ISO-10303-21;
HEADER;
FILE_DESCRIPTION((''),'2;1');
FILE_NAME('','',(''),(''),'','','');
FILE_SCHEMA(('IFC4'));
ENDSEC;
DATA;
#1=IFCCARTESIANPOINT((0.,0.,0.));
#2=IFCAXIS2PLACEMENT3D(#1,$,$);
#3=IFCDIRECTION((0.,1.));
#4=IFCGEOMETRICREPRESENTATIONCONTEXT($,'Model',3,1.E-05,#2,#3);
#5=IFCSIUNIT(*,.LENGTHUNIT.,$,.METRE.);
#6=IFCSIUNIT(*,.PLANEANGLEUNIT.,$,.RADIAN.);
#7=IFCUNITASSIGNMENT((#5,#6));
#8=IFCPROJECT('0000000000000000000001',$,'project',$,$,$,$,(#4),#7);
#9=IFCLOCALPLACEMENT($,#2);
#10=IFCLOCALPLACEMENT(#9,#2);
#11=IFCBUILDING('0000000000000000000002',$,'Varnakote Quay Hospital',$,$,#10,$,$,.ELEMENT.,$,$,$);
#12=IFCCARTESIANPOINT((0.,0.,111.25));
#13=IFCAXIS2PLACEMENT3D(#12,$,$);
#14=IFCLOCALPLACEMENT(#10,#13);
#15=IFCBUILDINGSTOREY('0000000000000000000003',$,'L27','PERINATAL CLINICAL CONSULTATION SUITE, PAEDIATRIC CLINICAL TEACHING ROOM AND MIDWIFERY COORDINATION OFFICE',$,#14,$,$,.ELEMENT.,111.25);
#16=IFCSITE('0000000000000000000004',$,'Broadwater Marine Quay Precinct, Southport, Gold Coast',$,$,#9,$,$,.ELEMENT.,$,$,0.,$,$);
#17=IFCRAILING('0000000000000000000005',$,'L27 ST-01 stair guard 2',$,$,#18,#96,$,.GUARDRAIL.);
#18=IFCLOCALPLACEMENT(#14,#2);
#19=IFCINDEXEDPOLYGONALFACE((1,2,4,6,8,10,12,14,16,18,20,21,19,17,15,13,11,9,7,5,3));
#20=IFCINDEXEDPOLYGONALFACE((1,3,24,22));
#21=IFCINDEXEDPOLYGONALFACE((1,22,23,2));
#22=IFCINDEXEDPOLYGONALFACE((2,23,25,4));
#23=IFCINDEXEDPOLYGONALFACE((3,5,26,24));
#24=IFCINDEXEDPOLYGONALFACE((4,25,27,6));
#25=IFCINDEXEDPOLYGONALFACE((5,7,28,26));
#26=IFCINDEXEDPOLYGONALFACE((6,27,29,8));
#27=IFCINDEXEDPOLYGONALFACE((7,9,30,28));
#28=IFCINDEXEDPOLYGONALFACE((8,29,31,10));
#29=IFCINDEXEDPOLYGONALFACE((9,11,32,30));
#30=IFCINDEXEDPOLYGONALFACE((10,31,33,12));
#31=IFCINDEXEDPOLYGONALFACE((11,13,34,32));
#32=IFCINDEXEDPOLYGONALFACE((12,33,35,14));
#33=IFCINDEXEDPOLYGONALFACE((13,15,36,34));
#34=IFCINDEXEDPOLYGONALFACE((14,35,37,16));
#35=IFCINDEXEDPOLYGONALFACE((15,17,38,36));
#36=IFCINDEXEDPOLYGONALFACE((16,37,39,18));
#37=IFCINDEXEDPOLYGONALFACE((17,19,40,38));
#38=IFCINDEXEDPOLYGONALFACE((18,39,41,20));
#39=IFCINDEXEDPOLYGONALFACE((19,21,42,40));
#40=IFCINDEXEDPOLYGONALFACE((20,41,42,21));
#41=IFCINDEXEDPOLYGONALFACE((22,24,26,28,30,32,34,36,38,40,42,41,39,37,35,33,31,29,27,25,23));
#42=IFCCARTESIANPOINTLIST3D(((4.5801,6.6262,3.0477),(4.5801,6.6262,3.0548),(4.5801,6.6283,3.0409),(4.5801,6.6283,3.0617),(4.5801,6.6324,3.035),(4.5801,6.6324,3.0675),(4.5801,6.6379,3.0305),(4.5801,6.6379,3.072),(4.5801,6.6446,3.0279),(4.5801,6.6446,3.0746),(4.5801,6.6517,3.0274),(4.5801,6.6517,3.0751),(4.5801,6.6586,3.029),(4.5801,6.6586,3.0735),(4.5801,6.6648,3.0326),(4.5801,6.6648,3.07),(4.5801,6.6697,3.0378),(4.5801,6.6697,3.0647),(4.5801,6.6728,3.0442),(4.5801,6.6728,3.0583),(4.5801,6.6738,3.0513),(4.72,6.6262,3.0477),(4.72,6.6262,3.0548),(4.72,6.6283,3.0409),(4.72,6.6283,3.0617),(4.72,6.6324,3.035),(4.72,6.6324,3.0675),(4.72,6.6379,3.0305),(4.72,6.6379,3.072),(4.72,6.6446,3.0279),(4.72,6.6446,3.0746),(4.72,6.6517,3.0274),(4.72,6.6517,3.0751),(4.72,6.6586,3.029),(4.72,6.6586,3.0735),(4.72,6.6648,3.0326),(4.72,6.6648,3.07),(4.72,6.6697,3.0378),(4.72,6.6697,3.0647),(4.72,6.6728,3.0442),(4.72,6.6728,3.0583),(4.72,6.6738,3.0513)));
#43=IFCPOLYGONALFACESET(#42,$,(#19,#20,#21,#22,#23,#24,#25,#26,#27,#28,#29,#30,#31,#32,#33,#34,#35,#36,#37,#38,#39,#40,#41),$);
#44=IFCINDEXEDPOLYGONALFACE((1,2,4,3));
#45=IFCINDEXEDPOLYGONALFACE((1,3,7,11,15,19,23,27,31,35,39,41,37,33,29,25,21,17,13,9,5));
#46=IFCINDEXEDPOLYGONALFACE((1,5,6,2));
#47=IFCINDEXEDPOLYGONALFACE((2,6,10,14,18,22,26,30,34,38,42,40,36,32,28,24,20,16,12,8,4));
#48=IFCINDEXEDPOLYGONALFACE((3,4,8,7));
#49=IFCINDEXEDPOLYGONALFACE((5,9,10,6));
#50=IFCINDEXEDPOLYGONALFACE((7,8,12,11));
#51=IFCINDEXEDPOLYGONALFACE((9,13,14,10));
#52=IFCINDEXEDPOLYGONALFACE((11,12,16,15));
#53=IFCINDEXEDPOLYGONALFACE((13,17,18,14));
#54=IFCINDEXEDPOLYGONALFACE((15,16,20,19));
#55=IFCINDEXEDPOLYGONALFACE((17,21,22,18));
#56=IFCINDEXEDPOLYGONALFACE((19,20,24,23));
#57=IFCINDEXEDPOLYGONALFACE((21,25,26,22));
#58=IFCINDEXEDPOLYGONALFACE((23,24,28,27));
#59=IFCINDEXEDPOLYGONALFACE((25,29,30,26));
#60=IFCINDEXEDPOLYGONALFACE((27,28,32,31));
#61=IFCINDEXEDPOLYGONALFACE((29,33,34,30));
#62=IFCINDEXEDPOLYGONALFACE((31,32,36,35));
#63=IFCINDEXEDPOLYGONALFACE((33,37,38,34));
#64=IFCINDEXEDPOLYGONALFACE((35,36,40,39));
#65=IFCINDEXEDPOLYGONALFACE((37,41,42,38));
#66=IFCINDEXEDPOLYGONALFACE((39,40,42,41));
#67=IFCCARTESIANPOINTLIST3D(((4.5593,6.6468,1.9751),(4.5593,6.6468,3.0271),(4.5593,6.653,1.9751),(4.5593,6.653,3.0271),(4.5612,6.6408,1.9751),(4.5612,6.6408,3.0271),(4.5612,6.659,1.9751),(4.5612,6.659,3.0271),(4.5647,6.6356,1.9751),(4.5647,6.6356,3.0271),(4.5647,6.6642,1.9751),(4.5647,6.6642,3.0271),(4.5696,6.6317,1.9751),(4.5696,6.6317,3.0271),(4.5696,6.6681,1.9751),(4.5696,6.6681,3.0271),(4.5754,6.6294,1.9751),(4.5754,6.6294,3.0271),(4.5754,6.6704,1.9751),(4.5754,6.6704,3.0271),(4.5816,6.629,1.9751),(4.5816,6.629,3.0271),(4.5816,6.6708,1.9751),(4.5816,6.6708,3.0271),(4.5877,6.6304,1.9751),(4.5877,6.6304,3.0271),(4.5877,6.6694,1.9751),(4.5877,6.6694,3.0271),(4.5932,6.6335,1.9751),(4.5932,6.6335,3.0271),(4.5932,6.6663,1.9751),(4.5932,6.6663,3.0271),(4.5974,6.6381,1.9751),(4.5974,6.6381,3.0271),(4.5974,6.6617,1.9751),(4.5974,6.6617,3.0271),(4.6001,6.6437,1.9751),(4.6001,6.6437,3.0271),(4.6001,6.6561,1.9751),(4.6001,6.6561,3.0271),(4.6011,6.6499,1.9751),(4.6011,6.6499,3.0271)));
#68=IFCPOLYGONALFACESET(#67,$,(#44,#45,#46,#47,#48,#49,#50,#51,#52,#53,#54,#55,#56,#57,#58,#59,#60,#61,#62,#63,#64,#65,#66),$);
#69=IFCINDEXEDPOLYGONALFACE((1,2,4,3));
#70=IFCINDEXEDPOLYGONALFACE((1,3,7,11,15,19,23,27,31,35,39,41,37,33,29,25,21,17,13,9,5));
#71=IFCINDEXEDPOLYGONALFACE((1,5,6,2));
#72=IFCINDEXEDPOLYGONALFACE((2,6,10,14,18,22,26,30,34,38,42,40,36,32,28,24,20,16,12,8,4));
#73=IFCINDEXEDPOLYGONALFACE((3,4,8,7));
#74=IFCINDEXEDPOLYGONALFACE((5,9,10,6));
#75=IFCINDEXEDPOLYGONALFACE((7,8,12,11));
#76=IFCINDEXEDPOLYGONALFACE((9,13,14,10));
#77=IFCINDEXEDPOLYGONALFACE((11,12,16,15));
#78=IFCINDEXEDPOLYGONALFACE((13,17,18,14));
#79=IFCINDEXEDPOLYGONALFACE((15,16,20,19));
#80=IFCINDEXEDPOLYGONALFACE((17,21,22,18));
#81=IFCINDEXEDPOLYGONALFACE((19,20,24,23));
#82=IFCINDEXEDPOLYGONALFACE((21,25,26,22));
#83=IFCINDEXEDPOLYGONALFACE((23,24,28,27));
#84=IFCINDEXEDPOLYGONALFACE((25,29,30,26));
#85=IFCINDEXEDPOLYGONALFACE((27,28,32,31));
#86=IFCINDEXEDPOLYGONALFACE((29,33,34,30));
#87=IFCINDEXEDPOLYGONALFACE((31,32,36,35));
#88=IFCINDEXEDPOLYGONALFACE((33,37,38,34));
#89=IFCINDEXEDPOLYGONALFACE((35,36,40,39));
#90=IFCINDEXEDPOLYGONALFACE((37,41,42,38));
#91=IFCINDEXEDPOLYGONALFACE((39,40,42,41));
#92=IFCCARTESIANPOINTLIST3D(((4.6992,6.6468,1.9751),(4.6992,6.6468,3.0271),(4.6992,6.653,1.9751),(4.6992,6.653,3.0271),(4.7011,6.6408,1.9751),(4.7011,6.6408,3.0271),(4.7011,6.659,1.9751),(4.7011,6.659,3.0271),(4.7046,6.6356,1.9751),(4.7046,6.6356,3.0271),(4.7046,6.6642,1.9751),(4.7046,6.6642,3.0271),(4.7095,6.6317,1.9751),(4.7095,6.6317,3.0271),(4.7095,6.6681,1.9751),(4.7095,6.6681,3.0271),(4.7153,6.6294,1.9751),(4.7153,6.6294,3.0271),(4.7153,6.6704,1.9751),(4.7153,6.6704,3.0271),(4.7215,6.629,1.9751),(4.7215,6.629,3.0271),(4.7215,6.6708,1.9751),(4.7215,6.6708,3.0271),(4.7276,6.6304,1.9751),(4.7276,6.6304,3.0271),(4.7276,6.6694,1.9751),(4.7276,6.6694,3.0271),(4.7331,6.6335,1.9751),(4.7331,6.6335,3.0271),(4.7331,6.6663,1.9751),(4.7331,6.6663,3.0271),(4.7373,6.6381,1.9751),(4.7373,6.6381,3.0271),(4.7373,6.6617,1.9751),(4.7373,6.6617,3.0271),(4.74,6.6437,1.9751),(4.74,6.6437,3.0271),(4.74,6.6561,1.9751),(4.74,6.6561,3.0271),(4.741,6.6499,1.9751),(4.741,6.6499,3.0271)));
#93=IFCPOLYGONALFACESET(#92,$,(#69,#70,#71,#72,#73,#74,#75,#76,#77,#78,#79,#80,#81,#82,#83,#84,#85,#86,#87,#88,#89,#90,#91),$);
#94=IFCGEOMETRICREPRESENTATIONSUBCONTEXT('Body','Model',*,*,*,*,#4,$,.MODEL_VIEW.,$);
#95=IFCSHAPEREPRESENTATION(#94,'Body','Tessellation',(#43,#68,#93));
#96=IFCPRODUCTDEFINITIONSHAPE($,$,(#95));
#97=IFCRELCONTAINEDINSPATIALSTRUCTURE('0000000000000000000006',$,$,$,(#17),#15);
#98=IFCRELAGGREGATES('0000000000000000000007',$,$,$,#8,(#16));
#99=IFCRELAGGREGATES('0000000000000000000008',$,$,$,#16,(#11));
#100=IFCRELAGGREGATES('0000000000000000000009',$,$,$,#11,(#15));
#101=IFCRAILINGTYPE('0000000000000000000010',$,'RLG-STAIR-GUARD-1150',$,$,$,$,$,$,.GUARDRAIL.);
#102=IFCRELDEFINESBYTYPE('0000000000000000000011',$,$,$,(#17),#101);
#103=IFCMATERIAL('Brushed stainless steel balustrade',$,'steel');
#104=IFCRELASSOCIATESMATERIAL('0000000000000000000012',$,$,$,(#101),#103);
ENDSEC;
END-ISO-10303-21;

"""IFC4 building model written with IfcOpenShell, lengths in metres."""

from ifc_helpers import new_model, si_unit, direction, frame, origin, origin_2d, place, context, subcontext, project, spatial, circle, extrude, material, type_object, element, save


model = new_model("IFC4")

# Units and contexts
model_context = context("Model", 3, precision=1e-05, world=origin(), true_north=direction((0.0, 1.0)))
body_context = subcontext(model_context, "Body", "Model", "MODEL_VIEW")
ifc_project = project(units=[si_unit("LENGTHUNIT", "METRE"), si_unit("PLANEANGLEUNIT", "RADIAN")], contexts=[model_context])

# Site, building, storey
site_placement = place(None, origin())
site = spatial("IfcSite", under=ifc_project, at=site_placement, Name="Broadwater Marine Quay Precinct, Southport, Gold Coast", CompositionType="ELEMENT", RefElevation=0.0)
building_placement = place(site_placement, origin())
building = spatial("IfcBuilding", under=site, at=building_placement, Name="Varnakote Quay Hospital", CompositionType="ELEMENT")
storey_placement = place(building_placement, frame((0.0, 0.0, 111.25)))
storey = spatial("IfcBuildingStorey", under=building, at=storey_placement, Name="L27", Description="PERINATAL CLINICAL CONSULTATION SUITE, PAEDIATRIC CLINICAL TEACHING ROOM AND MIDWIFERY COORDINATION OFFICE", CompositionType="ELEMENT", Elevation=111.25)

# Railing
ifc_material_1 = material(Name="Brushed stainless steel balustrade", Category="steel")
railing_type_1 = type_object("IfcRailingType", Name="RLG-STAIR-GUARD-1150", PredefinedType="GUARDRAIL", material=ifc_material_1)
railing_1_placement = place(storey_placement, frame((4.5801, 6.6499, 1.9751)))
element("IfcRailing", 1, at=railing_1_placement, inside=storey, type_object=railing_type_1, Name="L27 ST-01 stair guard 2", PredefinedType="GUARDRAIL", context=body_context, shape_type="SweptSolid", body=[
    extrude(circle(Radius=0.0239, at=origin_2d()), frame((0.0, 0.0, 1.0762), z_axis=(1.0, 0.0, 0.0), x_axis=(0.0, 1.0, 0.0)), (0.0, 0.0, 1.0), 0.1399),
    extrude(circle(Radius=0.021, at=origin_2d()), origin(), (0.0, 0.0, 1.0), 1.052),
    extrude(circle(Radius=0.021, at=origin_2d()), frame((0.1399, 0.0, 0.0)), (0.0, 0.0, 1.0), 1.052),
])

save(model, "model.ifc")
